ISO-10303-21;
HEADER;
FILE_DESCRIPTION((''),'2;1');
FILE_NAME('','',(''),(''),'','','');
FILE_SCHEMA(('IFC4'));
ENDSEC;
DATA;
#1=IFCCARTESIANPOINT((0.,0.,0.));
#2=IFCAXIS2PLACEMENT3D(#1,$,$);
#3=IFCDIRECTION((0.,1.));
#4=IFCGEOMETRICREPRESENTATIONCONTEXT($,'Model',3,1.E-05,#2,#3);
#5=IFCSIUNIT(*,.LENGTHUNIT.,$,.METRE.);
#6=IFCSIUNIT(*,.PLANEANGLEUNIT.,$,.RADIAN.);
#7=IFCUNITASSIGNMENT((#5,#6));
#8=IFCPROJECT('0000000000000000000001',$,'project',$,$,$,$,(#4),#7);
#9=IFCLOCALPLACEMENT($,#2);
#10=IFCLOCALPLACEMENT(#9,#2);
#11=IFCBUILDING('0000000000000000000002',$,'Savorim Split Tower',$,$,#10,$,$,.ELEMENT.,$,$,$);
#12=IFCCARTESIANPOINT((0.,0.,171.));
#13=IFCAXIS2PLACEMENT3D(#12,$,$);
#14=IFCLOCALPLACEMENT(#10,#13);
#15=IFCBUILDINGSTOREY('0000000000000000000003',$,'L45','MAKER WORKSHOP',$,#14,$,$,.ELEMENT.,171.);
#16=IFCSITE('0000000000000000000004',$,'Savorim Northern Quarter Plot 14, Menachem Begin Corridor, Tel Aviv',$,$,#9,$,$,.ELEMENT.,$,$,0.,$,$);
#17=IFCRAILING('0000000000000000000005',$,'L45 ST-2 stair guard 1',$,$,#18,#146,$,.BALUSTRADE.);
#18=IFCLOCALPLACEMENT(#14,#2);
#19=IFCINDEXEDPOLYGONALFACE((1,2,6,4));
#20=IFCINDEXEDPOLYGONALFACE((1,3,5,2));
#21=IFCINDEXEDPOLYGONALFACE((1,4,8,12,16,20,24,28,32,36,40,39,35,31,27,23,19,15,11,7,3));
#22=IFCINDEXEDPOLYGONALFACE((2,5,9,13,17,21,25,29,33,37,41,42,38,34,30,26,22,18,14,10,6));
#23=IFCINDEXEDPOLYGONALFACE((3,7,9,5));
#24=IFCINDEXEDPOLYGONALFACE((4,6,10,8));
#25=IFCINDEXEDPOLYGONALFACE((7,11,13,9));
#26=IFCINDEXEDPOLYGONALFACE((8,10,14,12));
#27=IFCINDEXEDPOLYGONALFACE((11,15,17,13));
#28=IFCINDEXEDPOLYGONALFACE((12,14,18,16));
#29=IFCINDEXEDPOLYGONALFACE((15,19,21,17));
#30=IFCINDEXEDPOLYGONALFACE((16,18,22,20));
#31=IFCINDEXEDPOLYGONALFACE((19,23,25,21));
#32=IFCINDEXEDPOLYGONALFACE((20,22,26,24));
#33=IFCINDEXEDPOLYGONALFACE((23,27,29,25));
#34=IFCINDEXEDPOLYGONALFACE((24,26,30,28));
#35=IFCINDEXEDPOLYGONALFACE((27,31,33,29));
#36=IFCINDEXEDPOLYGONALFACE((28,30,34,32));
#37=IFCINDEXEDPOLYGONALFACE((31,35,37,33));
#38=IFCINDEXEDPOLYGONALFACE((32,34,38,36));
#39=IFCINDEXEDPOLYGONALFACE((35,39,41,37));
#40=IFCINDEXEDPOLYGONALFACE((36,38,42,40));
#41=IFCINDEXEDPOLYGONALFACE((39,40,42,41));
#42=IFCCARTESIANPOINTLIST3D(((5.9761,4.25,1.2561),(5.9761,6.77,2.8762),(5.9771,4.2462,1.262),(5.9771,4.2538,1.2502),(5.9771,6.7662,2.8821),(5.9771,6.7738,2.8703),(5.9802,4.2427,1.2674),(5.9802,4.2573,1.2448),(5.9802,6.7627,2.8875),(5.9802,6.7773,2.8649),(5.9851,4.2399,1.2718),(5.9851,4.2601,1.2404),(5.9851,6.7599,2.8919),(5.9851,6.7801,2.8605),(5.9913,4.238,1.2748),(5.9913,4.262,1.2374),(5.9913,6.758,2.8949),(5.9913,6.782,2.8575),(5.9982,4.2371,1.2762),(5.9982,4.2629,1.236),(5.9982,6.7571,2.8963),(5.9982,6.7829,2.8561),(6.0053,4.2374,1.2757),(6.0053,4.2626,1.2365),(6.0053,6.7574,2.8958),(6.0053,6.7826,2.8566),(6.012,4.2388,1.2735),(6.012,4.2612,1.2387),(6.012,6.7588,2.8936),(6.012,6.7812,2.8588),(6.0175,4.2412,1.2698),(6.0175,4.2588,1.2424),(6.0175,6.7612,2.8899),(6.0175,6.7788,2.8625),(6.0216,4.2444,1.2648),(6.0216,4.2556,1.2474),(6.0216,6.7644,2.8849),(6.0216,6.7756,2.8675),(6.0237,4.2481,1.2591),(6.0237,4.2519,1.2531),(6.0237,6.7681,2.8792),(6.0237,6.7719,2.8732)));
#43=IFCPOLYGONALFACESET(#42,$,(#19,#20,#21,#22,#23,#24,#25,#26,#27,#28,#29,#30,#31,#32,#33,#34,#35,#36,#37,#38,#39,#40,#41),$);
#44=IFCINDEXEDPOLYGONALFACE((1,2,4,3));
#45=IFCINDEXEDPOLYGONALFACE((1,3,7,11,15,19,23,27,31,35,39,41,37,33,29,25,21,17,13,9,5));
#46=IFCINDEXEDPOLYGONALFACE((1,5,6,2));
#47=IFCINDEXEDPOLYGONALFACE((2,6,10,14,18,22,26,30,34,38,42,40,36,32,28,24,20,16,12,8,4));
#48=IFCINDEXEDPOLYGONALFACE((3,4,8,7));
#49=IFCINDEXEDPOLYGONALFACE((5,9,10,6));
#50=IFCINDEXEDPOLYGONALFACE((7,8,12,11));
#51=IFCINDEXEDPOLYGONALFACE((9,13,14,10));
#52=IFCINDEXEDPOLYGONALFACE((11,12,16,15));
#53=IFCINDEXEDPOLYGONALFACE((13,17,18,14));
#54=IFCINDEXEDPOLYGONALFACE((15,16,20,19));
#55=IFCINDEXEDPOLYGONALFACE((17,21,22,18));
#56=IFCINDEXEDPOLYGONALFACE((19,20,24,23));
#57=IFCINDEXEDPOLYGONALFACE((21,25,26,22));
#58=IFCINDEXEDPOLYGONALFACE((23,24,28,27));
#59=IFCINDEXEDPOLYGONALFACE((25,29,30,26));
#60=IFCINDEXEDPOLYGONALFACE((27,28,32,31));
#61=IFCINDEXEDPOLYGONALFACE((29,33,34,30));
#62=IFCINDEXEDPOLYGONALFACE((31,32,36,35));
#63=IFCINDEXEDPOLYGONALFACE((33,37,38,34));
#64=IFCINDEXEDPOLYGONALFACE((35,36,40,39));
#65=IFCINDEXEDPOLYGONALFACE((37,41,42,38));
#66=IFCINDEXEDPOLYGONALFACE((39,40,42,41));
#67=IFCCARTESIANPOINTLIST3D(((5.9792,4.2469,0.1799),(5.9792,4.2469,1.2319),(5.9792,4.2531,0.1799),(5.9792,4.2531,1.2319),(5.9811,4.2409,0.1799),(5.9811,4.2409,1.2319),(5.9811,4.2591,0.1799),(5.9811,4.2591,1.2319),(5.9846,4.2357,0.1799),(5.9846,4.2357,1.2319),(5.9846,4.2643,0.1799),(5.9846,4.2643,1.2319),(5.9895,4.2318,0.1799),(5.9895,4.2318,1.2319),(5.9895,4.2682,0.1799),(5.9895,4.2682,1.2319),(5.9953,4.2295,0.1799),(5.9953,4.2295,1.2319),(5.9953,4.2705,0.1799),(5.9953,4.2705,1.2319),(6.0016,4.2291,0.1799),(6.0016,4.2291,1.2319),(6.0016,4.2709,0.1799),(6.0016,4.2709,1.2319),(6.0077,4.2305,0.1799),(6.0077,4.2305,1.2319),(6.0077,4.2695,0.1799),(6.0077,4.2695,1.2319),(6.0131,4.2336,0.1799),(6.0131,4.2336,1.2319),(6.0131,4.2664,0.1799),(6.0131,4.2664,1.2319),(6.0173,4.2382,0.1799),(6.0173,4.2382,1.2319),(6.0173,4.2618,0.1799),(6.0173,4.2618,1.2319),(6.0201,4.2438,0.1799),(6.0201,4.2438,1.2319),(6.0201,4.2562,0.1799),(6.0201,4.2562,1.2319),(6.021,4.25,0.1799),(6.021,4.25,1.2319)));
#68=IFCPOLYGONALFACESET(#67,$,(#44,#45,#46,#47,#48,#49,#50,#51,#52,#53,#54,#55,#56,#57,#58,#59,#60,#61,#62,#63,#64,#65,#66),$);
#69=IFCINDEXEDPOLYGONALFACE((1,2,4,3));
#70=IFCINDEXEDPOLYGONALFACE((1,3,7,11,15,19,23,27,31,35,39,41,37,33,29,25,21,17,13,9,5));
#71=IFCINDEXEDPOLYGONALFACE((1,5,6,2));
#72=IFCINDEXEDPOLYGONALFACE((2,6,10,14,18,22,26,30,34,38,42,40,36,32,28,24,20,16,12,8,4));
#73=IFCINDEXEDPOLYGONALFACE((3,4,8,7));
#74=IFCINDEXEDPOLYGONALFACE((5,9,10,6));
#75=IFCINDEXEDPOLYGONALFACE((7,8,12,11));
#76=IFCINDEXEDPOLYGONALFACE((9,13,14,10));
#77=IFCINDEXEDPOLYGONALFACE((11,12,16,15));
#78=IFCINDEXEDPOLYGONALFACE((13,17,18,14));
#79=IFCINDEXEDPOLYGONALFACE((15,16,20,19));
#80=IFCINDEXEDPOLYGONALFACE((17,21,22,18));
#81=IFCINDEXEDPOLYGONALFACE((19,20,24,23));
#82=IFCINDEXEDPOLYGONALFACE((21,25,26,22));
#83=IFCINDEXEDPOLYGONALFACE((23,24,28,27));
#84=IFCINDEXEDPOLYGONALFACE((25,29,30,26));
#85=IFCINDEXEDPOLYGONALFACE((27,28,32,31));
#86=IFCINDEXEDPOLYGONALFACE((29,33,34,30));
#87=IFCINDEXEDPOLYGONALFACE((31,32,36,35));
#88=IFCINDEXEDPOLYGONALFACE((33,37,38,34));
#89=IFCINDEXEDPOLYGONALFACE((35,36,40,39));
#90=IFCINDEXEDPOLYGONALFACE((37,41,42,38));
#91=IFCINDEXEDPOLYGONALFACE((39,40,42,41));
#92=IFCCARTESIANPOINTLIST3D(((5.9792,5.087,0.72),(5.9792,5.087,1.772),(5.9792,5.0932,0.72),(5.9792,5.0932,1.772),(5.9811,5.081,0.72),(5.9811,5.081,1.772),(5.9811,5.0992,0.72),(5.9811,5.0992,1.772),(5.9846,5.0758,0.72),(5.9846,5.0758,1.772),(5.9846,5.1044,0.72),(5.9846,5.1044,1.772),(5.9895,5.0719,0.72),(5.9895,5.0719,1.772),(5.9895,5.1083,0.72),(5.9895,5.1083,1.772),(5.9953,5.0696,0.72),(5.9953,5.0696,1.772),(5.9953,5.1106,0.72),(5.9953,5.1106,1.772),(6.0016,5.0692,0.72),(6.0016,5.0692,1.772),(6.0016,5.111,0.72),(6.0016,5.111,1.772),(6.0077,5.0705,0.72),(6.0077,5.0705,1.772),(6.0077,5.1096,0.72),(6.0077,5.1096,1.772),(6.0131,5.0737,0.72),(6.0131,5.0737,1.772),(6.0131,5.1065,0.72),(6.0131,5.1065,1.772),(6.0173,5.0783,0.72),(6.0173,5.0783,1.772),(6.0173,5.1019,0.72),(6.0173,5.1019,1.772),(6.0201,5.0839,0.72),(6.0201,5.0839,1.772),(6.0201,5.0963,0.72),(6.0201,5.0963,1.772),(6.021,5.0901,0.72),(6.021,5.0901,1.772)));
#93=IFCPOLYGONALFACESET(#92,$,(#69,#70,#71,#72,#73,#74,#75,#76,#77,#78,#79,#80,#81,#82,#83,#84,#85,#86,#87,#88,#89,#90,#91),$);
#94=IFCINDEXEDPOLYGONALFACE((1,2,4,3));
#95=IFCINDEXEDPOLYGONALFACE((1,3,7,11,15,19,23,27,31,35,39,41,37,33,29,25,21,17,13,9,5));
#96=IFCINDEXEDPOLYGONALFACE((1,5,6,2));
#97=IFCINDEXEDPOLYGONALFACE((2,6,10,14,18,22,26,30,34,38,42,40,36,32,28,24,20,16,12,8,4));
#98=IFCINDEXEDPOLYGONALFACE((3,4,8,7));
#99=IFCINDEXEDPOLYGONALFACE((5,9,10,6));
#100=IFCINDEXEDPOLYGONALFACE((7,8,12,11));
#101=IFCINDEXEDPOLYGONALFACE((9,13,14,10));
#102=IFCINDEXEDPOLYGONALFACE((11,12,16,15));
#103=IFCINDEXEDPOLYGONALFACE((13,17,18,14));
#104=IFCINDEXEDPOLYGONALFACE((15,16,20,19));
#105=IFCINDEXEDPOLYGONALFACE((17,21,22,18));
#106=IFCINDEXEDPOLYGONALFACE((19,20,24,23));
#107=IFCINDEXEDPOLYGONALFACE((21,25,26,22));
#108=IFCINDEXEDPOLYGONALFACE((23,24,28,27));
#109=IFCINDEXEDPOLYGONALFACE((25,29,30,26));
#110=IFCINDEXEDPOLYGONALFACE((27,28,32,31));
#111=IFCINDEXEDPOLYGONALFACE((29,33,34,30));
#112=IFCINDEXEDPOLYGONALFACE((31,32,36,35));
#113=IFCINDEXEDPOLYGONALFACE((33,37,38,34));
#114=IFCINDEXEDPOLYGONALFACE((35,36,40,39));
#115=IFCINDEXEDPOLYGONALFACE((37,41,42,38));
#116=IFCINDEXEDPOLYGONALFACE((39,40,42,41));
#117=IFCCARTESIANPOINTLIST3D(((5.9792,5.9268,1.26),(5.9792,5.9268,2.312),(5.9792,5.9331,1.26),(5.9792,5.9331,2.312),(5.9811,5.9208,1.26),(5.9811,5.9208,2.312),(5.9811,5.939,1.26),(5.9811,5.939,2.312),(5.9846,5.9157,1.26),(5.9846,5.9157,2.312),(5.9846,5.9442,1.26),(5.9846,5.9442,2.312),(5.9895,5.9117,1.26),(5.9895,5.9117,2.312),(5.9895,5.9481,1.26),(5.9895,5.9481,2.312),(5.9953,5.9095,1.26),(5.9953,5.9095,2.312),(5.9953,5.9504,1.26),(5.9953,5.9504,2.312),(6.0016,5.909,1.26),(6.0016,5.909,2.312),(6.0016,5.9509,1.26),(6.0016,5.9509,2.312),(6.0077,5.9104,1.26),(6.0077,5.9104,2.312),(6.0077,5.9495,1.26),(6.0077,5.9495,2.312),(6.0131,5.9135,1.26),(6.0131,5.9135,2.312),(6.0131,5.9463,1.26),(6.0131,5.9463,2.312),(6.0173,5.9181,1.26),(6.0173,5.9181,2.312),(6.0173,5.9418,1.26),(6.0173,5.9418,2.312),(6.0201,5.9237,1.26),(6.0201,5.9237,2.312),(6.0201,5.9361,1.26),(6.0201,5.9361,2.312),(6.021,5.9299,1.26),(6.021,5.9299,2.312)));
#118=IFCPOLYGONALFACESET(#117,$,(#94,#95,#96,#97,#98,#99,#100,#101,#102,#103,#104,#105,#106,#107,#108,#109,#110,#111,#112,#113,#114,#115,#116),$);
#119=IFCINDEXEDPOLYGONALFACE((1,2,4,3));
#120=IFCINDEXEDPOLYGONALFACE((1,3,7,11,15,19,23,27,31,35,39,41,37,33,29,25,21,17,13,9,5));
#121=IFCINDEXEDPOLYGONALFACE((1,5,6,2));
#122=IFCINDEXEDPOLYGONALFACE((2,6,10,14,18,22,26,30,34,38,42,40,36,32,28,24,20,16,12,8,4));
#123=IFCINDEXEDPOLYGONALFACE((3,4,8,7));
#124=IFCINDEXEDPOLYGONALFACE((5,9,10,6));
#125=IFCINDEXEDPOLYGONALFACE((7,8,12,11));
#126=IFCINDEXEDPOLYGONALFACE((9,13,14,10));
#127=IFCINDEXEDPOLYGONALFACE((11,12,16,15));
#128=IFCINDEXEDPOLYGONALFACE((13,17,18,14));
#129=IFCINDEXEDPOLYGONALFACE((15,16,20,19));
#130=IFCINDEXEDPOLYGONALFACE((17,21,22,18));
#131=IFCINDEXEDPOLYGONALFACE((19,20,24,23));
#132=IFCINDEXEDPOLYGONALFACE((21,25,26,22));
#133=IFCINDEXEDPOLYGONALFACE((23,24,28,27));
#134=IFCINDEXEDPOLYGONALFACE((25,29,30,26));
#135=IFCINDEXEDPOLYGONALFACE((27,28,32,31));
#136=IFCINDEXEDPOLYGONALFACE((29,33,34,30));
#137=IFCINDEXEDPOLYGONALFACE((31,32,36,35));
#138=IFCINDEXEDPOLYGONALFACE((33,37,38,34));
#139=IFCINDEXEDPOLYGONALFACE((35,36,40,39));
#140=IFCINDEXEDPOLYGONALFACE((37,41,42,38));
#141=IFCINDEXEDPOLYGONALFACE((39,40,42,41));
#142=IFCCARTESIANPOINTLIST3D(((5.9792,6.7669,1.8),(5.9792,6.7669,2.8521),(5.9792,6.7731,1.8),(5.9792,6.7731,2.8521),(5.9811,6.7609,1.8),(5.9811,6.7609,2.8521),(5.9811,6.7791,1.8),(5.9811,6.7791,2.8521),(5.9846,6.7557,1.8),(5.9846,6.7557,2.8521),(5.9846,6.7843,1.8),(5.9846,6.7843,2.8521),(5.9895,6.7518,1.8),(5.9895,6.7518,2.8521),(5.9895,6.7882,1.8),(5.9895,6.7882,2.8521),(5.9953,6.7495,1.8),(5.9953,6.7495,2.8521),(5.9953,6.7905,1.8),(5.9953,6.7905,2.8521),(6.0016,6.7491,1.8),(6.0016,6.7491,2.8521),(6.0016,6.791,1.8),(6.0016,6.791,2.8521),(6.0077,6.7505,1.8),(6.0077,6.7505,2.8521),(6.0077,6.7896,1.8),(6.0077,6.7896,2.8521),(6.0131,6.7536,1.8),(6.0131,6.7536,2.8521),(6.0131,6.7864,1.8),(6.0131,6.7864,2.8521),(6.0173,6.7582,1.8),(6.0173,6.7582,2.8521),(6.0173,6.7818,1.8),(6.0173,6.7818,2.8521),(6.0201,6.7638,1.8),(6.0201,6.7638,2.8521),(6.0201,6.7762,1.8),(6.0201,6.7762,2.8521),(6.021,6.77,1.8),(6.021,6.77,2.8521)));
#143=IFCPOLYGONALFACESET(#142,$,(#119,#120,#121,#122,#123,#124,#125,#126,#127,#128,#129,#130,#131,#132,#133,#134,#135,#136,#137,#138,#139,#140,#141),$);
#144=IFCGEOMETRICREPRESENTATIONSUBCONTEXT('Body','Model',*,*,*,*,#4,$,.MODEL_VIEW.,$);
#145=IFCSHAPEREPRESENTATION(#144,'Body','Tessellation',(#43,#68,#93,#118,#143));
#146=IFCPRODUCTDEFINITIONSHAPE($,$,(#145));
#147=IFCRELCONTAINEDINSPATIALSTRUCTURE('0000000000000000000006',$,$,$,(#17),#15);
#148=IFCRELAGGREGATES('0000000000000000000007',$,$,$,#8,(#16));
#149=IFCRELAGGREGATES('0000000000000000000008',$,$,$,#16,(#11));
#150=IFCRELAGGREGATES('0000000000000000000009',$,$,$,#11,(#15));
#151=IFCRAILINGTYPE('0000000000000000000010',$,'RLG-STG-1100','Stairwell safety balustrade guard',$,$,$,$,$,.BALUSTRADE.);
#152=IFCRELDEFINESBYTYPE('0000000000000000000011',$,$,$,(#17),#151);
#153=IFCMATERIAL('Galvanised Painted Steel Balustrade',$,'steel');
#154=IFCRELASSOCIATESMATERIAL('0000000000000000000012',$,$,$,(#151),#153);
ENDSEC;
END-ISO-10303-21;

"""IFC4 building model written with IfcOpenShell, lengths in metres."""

from ifc_helpers import new_model, si_unit, direction, frame, origin, origin_2d, place, context, subcontext, project, spatial, circle, extrude, material, type_object, element, save


model = new_model("IFC4")

# Units and contexts
model_context = context("Model", 3, precision=1e-05, world=origin(), true_north=direction((0.0, 1.0)))
body_context = subcontext(model_context, "Body", "Model", "MODEL_VIEW")
ifc_project = project(units=[si_unit("LENGTHUNIT", "METRE"), si_unit("PLANEANGLEUNIT", "RADIAN")], contexts=[model_context])

# Site, building, storey
site_placement = place(None, origin())
site = spatial("IfcSite", under=ifc_project, at=site_placement, Name="Savorim Northern Quarter Plot 14, Menachem Begin Corridor, Tel Aviv", CompositionType="ELEMENT", RefElevation=0.0)
building_placement = place(site_placement, origin())
building = spatial("IfcBuilding", under=site, at=building_placement, Name="Savorim Split Tower", CompositionType="ELEMENT")
storey_placement = place(building_placement, frame((0.0, 0.0, 171.0)))
storey = spatial("IfcBuildingStorey", under=building, at=storey_placement, Name="L45", Description="MAKER WORKSHOP", CompositionType="ELEMENT", Elevation=171.0)

# Railing
ifc_material_1 = material(Name="Galvanised Painted Steel Balustrade", Category="steel")
railing_type_1 = type_object("IfcRailingType", Name="RLG-STG-1100", Description="Stairwell safety balustrade guard", PredefinedType="BALUSTRADE", material=ifc_material_1)
railing_1_placement = place(storey_placement, frame((6.0, 4.25, 0.1799)))
element("IfcRailing", 1, at=railing_1_placement, inside=storey, type_object=railing_type_1, Name="L45 ST-2 stair guard 1", PredefinedType="BALUSTRADE", context=body_context, shape_type="SweptSolid", body=[
    extrude(circle(Radius=0.0239, at=origin_2d()), frame((0.0, 0.0, 1.0762), z_axis=(0.0, 0.841163, 0.540782), x_axis=(-1.0, 0.0, 0.0)), (0.0, 0.0, 1.0), 2.9958),
    extrude(circle(Radius=0.021, at=origin_2d()), origin(), (0.0, 0.0, 1.0), 1.052),
    extrude(circle(Radius=0.021, at=origin_2d()), frame((0.0, 0.8401, 0.54)), (0.0, 0.0, 1.0), 1.052),
    extrude(circle(Radius=0.021, at=origin_2d()), frame((0.0, 1.6799, 1.0801)), (0.0, 0.0, 1.0), 1.052),
    extrude(circle(Radius=0.021, at=origin_2d()), frame((0.0, 2.52, 1.6201)), (0.0, 0.0, 1.0), 1.052),
])

save(model, "model.ifc")
